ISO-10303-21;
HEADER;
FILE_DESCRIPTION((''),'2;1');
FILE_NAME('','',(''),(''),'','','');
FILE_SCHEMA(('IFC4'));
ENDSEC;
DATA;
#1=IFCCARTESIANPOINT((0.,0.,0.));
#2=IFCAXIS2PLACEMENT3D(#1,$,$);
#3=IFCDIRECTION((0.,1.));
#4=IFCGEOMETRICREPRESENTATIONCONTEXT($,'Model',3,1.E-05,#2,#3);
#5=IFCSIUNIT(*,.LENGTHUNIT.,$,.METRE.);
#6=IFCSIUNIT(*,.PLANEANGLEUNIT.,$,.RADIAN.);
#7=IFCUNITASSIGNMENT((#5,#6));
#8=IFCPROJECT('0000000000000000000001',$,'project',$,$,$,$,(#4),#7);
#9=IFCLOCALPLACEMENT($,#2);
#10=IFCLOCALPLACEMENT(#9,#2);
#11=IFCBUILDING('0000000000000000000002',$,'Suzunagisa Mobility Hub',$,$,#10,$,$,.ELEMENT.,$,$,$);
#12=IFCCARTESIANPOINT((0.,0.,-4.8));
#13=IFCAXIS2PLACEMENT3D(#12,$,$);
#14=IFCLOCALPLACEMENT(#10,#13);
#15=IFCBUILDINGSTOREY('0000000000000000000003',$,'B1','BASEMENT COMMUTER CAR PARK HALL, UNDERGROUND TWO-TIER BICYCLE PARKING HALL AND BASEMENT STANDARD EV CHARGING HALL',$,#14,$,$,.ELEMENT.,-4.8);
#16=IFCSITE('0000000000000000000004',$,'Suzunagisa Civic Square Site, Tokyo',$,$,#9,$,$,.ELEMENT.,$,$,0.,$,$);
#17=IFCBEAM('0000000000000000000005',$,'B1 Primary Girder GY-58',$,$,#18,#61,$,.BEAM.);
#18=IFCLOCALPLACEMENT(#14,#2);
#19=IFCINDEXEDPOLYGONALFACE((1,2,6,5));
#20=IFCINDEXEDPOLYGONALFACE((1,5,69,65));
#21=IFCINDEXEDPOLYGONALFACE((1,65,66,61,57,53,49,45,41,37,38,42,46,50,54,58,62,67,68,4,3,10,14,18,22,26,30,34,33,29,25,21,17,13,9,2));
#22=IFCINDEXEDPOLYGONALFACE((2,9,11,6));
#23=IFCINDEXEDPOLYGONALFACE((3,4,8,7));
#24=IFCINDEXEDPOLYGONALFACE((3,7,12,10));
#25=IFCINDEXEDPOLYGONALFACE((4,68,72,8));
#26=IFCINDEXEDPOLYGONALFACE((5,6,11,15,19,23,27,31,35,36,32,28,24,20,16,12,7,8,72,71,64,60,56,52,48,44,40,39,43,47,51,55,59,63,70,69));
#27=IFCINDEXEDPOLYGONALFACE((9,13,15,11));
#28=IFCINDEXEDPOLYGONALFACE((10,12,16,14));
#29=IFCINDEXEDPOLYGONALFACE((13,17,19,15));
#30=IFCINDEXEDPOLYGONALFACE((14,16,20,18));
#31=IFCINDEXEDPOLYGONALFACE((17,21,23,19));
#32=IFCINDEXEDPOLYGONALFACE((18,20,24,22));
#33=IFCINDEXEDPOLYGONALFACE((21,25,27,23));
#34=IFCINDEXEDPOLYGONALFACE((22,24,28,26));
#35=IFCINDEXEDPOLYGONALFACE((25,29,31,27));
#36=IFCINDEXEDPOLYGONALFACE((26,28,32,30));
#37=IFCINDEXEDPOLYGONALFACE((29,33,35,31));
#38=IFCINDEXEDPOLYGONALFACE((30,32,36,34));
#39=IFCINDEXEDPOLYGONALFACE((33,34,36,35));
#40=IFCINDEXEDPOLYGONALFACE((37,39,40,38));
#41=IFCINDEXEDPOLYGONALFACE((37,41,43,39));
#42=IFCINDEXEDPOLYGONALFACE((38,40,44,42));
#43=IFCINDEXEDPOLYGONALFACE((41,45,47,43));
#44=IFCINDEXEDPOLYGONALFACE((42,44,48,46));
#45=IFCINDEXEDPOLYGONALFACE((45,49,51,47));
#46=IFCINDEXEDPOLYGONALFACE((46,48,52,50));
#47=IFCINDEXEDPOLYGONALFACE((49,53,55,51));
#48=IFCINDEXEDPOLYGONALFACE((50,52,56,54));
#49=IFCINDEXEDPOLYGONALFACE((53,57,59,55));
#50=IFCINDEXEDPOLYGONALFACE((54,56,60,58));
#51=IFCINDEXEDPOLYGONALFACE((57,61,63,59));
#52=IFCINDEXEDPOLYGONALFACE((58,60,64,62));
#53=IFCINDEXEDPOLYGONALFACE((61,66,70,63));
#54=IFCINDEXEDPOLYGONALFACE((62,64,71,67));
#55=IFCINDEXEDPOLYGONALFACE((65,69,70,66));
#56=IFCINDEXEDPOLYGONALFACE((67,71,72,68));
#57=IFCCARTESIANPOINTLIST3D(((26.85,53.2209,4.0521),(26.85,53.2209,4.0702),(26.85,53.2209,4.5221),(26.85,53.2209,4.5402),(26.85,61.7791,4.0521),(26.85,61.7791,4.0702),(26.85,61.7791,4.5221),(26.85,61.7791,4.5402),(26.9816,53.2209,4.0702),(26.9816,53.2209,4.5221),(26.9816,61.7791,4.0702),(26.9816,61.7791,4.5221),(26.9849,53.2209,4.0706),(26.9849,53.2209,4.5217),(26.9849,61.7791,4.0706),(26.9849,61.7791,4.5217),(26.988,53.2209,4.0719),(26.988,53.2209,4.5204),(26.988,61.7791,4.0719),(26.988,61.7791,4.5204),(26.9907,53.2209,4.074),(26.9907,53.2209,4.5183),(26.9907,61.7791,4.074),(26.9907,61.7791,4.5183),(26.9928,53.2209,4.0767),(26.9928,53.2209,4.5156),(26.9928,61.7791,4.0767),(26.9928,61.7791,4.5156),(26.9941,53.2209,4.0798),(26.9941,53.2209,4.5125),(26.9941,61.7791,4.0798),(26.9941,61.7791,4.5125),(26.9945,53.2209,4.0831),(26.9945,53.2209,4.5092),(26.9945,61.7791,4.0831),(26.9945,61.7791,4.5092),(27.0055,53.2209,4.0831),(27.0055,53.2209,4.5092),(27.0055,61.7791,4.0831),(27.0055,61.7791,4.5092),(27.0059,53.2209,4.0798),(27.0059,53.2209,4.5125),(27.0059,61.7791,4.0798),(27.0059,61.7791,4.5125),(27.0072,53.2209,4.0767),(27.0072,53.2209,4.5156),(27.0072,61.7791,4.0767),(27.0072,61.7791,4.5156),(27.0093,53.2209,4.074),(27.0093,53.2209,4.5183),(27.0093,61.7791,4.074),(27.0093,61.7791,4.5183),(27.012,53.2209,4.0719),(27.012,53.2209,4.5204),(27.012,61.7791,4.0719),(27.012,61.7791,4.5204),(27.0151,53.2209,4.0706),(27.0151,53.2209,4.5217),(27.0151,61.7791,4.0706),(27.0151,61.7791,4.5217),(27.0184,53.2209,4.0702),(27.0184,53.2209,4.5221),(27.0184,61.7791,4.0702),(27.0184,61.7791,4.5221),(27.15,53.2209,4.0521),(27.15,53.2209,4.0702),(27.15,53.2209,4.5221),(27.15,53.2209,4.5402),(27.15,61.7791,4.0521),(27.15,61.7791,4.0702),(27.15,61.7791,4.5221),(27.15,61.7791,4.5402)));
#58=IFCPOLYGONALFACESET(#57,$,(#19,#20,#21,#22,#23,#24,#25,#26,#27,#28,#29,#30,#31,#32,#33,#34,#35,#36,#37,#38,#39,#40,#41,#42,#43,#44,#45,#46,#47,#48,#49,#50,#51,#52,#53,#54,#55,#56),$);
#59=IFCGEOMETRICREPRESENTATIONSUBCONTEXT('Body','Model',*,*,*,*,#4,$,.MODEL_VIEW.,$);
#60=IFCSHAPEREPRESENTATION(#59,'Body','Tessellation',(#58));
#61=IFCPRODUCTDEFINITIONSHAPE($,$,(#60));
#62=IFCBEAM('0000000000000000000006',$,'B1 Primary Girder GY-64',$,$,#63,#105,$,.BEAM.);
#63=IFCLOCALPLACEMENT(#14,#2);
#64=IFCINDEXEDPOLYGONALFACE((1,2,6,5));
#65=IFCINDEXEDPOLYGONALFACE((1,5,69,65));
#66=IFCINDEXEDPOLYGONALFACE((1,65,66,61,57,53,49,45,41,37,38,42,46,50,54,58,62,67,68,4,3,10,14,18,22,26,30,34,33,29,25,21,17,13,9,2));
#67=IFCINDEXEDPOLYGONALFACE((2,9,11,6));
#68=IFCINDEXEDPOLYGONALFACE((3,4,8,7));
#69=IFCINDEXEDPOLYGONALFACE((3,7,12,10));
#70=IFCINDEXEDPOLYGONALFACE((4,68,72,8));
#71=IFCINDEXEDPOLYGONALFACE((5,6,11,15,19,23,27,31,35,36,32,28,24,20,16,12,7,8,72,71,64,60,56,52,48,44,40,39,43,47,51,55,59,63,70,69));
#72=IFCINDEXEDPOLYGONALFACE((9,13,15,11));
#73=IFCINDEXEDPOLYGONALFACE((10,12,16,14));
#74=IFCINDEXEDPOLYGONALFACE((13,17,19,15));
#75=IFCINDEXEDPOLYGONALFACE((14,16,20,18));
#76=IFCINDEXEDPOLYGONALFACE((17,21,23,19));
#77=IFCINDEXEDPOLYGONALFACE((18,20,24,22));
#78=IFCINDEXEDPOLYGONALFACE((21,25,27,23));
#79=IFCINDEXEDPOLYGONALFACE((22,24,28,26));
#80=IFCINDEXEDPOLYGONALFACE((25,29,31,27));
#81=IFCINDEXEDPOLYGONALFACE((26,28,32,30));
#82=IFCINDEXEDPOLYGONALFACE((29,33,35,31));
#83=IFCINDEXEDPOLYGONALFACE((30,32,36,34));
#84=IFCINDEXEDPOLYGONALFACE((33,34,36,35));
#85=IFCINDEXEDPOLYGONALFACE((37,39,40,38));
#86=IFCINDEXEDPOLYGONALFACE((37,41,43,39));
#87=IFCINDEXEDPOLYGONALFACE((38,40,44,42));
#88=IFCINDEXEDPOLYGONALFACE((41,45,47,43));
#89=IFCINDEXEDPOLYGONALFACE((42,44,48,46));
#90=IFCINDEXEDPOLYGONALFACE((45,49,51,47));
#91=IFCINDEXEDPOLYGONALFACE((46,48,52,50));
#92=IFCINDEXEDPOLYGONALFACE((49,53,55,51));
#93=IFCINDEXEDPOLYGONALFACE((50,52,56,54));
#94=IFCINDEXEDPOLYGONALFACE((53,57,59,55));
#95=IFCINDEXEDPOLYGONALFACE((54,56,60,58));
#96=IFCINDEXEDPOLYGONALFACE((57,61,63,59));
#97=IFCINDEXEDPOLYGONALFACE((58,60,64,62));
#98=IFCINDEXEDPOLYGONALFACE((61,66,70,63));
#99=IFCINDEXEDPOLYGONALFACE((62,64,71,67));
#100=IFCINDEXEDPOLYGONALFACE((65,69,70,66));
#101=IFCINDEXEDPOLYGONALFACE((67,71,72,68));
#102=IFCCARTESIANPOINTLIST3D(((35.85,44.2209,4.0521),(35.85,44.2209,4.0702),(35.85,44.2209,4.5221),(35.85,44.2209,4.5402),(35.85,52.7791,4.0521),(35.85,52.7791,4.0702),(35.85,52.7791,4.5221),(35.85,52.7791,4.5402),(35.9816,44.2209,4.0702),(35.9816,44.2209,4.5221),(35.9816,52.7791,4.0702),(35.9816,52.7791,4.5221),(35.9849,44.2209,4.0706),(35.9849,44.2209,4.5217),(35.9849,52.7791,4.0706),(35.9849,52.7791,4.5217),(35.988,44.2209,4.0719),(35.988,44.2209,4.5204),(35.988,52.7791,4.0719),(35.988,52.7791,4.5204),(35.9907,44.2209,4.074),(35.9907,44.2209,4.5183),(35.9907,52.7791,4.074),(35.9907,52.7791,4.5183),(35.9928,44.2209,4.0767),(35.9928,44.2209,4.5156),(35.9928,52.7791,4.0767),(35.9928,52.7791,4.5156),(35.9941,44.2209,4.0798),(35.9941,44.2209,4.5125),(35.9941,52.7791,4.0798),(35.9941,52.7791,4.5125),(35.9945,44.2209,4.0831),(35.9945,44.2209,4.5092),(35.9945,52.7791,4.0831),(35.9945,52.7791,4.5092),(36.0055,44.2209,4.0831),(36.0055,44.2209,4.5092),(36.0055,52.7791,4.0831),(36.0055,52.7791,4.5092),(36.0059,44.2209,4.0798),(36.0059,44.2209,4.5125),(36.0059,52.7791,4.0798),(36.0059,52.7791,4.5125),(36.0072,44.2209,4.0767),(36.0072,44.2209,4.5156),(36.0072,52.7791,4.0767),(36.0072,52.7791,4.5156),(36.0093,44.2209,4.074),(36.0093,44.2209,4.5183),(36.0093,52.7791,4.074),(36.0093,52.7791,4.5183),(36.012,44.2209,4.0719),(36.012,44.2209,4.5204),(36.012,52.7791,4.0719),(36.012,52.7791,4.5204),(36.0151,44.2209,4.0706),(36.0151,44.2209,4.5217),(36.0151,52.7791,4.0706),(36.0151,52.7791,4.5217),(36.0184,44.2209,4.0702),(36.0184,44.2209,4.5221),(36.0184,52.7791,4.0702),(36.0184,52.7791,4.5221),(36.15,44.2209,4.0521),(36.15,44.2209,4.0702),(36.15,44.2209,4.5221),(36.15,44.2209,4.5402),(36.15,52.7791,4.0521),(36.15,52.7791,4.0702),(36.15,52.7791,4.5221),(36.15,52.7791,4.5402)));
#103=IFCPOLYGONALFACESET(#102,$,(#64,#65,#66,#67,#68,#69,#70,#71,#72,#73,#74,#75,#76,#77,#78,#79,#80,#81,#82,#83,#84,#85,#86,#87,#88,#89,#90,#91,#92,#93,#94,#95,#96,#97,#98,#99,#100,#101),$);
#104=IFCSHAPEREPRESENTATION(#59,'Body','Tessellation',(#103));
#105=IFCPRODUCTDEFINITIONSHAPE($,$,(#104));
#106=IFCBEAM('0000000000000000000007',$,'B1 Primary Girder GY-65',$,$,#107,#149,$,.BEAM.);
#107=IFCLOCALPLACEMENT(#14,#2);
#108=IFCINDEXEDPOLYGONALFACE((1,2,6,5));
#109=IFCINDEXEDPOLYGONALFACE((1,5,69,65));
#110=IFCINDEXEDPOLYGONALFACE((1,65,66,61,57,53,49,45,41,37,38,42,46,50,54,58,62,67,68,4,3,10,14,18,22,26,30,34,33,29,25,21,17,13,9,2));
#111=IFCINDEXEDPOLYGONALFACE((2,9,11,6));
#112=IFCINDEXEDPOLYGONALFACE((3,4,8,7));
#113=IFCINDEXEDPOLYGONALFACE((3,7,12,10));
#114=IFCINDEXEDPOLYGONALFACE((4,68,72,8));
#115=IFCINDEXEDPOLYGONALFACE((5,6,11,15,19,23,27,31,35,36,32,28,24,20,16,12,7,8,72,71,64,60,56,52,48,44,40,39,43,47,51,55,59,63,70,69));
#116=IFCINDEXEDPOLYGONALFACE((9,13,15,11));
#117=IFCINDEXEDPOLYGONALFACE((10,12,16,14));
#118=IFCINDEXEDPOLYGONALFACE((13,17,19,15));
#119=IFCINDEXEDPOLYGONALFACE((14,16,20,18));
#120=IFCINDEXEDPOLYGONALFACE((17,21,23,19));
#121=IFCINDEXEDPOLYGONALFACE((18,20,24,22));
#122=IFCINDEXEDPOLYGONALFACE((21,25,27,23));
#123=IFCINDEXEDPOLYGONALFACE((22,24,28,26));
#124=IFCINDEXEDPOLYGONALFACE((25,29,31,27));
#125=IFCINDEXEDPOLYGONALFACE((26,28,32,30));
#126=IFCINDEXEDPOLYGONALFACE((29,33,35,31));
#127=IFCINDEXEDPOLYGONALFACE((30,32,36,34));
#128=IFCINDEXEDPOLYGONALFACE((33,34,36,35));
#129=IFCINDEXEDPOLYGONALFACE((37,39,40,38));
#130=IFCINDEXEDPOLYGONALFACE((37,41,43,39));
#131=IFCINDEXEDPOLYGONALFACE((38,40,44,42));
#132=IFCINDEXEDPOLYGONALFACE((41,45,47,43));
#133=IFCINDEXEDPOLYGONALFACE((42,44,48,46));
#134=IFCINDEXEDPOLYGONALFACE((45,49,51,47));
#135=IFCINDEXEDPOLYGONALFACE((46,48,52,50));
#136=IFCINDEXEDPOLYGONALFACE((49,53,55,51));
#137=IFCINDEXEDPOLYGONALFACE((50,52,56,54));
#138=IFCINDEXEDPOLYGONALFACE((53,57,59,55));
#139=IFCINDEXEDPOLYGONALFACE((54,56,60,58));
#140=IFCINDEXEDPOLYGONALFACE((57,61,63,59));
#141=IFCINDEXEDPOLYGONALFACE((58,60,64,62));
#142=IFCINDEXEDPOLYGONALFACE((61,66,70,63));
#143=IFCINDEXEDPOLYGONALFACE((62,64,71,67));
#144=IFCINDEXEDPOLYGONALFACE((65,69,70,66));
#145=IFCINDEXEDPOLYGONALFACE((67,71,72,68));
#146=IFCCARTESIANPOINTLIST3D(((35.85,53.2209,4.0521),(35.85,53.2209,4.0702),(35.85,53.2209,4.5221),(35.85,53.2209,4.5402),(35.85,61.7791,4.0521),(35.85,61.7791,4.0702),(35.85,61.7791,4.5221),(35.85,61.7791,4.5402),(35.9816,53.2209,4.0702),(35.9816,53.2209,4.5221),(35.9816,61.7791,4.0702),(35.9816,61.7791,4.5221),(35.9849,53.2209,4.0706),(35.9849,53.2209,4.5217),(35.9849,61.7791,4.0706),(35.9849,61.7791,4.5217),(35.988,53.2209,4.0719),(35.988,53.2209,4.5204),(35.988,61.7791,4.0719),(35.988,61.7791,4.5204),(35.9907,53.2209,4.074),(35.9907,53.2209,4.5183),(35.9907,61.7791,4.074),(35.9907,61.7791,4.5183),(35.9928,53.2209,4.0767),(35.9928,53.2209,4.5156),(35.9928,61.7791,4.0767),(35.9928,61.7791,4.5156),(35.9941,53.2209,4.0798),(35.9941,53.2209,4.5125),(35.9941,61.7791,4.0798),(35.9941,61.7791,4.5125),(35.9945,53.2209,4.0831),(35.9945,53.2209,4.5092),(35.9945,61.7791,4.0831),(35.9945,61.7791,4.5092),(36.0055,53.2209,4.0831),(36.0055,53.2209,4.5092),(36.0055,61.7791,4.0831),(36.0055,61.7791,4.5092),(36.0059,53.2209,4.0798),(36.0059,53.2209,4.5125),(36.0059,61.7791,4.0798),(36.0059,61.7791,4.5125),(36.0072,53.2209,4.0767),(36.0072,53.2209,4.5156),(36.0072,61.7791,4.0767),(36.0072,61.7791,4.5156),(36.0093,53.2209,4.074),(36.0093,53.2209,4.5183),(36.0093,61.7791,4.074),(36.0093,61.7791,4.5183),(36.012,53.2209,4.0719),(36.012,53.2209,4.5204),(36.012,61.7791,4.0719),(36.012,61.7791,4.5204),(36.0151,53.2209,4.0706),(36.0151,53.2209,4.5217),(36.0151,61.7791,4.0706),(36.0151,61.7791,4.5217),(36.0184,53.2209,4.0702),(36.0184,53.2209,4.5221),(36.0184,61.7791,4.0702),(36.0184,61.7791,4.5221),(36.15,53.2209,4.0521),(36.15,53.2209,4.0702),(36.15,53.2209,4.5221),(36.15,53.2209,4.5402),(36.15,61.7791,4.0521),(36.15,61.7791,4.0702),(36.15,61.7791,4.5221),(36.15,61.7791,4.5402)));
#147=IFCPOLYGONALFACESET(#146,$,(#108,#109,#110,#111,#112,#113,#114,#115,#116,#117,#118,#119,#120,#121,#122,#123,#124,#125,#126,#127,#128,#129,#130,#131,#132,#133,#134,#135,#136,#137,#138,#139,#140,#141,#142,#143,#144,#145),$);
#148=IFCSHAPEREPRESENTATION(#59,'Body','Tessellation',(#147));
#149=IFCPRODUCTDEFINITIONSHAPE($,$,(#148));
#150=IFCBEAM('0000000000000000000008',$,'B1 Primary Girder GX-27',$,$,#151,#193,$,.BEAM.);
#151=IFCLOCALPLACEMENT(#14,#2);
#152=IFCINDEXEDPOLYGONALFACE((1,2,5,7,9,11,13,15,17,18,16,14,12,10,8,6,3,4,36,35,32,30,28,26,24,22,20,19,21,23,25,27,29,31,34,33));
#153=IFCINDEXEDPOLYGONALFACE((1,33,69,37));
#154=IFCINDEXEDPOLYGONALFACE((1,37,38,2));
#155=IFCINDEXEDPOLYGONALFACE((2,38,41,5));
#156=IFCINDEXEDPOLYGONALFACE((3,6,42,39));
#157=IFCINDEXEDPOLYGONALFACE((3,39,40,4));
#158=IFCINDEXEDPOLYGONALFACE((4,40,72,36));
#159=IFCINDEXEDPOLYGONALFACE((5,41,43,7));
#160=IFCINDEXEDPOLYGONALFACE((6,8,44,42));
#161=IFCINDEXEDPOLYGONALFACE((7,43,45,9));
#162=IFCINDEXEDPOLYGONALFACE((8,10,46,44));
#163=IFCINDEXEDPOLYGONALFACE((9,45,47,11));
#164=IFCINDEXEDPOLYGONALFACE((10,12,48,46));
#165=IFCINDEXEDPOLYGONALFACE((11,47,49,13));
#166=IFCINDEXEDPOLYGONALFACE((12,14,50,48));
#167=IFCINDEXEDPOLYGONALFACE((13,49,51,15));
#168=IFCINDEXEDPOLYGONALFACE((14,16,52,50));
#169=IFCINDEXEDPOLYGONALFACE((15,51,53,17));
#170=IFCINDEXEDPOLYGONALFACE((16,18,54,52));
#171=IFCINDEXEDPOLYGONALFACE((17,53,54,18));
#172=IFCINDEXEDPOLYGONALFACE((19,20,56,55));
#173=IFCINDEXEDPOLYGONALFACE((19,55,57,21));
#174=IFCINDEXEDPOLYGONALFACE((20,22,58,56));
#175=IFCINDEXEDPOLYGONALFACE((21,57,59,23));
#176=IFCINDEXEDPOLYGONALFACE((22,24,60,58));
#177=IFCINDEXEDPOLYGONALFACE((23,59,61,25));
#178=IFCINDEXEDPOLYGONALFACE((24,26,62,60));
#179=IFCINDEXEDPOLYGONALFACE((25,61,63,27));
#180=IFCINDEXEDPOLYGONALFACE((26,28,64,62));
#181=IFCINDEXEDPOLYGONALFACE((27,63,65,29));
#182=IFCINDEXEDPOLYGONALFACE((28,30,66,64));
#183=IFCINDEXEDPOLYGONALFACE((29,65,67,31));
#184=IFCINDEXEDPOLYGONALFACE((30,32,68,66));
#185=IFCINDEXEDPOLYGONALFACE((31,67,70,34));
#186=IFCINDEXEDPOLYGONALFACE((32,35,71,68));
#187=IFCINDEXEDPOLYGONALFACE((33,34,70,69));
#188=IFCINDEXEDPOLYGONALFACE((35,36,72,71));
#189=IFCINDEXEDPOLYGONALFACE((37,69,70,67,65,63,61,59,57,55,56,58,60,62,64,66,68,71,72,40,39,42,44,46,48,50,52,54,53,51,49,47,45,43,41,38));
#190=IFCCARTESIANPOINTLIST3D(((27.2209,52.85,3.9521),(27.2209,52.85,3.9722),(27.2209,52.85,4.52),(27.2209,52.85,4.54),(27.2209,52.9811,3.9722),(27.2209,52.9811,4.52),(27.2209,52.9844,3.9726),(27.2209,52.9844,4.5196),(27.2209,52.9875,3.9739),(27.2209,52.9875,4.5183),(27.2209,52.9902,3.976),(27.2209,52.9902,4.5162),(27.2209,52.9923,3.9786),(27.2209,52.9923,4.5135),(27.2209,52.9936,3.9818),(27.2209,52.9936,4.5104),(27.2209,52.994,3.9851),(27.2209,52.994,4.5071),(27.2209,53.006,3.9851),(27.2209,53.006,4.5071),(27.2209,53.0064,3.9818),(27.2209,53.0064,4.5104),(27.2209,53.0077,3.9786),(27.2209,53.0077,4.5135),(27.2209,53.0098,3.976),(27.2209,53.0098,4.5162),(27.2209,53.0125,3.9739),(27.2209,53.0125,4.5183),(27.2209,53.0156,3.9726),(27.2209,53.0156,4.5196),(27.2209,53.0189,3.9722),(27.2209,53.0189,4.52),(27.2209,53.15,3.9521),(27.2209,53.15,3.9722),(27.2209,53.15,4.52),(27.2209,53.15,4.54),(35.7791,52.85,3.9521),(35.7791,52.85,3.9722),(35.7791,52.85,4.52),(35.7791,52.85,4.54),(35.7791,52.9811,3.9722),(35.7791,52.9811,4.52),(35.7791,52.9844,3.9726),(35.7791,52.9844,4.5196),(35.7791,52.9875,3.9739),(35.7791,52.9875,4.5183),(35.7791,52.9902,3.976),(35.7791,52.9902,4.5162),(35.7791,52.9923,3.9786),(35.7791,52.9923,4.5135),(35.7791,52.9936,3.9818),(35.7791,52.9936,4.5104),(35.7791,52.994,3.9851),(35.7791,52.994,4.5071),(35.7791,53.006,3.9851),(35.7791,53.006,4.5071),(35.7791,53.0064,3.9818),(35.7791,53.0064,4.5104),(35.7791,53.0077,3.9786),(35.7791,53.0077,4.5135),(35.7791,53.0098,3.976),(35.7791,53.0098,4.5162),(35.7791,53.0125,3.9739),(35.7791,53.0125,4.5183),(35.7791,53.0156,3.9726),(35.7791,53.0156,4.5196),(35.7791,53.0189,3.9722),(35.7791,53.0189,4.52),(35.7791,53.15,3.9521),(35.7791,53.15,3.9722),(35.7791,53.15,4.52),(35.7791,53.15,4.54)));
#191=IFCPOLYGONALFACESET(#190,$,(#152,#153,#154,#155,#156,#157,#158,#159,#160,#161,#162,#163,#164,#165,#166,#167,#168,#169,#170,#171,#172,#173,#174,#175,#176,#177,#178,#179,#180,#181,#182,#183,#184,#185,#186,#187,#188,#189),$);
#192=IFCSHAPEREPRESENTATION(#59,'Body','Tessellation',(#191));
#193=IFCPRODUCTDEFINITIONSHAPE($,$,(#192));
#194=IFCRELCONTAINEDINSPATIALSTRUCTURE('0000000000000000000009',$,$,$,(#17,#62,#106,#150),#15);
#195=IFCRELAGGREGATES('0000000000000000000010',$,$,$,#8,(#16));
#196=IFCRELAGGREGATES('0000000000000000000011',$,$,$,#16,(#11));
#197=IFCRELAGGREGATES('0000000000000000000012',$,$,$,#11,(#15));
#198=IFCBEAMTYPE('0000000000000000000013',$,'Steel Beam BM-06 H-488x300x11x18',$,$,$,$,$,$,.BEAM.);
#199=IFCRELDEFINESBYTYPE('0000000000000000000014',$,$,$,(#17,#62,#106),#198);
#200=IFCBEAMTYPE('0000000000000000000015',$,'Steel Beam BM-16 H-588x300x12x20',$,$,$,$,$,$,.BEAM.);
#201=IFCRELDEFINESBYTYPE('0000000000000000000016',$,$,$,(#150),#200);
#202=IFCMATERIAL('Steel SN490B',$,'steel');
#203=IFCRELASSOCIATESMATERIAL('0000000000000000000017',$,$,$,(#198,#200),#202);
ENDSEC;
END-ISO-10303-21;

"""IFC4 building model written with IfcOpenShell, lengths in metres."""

from ifc_helpers import new_model, si_unit, direction, frame, origin, origin_2d, place, context, subcontext, project, spatial, i_section, extrude, material, material_profile, profile_set, type_object, element, save


model = new_model("IFC4")

# Units and contexts
model_context = context("Model", 3, precision=1e-05, world=origin(), true_north=direction((0.0, 1.0)))
body_context = subcontext(model_context, "Body", "Model", "MODEL_VIEW")
ifc_project = project(units=[si_unit("LENGTHUNIT", "METRE"), si_unit("PLANEANGLEUNIT", "RADIAN")], contexts=[model_context])

# Site, building, storey
site_placement = place(None, origin())
site = spatial("IfcSite", under=ifc_project, at=site_placement, Name="Suzunagisa Civic Square Site, Tokyo", CompositionType="ELEMENT", RefElevation=0.0)
building_placement = place(site_placement, origin())
building = spatial("IfcBuilding", under=site, at=building_placement, Name="Suzunagisa Mobility Hub", CompositionType="ELEMENT")
storey_placement = place(building_placement, frame((0.0, 0.0, -4.8)))
storey = spatial("IfcBuildingStorey", under=building, at=storey_placement, Name="B1", Description="BASEMENT COMMUTER CAR PARK HALL, UNDERGROUND TWO-TIER BICYCLE PARKING HALL AND BASEMENT STANDARD EV CHARGING HALL", CompositionType="ELEMENT", Elevation=-4.8)

# Shared definitions
ifc_material_1 = material(Name="Steel SN490B", Category="steel")

# Beams
ifc_material_profile_1 = material_profile(ifc_material_1, i_section(OverallWidth=0.3, OverallDepth=0.488, WebThickness=0.011, FlangeThickness=0.0181, FilletRadius=0.0129, at=origin_2d()), Name="H-488x300x11x18")
ifc_profile_set_1 = profile_set([ifc_material_profile_1], Name="Steel SN490B")
beam_type_1 = type_object("IfcBeamType", Name="Steel Beam BM-06 H-488x300x11x18", PredefinedType="BEAM", material=ifc_profile_set_1)
for number, where, z_axis, x_axis, name in (
    (1, (27.0, 53.2209, 4.2961), (0.0, 1.0, 0.0), (-1.0, 0.0, 0.0), "B1 Primary Girder GY-58"),
    (2, (36.0, 44.2209, 4.2961), (0.0, 1.0, 0.0), (-1.0, 0.0, 0.0), "B1 Primary Girder GY-64"),
    (3, (36.0, 53.2209, 4.2961), (0.0, 1.0, 0.0), (-1.0, 0.0, 0.0), "B1 Primary Girder GY-65"),
):
    element("IfcBeam", number, at=place(storey_placement, frame(where, z_axis=z_axis, x_axis=x_axis)), inside=storey, type_object=beam_type_1, Name=name, PredefinedType="BEAM", context=body_context, shape_type="SweptSolid", body=[
        extrude(i_section(OverallWidth=0.3, OverallDepth=0.488, WebThickness=0.011, FlangeThickness=0.0181, FilletRadius=0.0129, at=origin_2d()), origin(), (0.0, 0.0, 1.0), 8.5581),
    ])
ifc_material_profile_2 = material_profile(ifc_material_1, i_section(OverallWidth=0.3, OverallDepth=0.5879, WebThickness=0.012, FlangeThickness=0.02, FilletRadius=0.0129, at=origin_2d()), Name="H-588x300x12x20")
ifc_profile_set_2 = profile_set([ifc_material_profile_2], Name="Steel SN490B")
beam_type_2 = type_object("IfcBeamType", Name="Steel Beam BM-16 H-588x300x12x20", PredefinedType="BEAM", material=ifc_profile_set_2)
beam_1_placement = place(storey_placement, frame((27.2209, 53.0, 4.2461), z_axis=(1.0, 0.0, 0.0), x_axis=(0.0, 1.0, 0.0)))
element("IfcBeam", 4, at=beam_1_placement, inside=storey, type_object=beam_type_2, Name="B1 Primary Girder GX-27", PredefinedType="BEAM", context=body_context, shape_type="SweptSolid", body=[
    extrude(i_section(OverallWidth=0.3, OverallDepth=0.5879, WebThickness=0.012, FlangeThickness=0.02, FilletRadius=0.0129, at=origin_2d()), origin(), (0.0, 0.0, 1.0), 8.5581),
])

save(model, "model.ifc")
